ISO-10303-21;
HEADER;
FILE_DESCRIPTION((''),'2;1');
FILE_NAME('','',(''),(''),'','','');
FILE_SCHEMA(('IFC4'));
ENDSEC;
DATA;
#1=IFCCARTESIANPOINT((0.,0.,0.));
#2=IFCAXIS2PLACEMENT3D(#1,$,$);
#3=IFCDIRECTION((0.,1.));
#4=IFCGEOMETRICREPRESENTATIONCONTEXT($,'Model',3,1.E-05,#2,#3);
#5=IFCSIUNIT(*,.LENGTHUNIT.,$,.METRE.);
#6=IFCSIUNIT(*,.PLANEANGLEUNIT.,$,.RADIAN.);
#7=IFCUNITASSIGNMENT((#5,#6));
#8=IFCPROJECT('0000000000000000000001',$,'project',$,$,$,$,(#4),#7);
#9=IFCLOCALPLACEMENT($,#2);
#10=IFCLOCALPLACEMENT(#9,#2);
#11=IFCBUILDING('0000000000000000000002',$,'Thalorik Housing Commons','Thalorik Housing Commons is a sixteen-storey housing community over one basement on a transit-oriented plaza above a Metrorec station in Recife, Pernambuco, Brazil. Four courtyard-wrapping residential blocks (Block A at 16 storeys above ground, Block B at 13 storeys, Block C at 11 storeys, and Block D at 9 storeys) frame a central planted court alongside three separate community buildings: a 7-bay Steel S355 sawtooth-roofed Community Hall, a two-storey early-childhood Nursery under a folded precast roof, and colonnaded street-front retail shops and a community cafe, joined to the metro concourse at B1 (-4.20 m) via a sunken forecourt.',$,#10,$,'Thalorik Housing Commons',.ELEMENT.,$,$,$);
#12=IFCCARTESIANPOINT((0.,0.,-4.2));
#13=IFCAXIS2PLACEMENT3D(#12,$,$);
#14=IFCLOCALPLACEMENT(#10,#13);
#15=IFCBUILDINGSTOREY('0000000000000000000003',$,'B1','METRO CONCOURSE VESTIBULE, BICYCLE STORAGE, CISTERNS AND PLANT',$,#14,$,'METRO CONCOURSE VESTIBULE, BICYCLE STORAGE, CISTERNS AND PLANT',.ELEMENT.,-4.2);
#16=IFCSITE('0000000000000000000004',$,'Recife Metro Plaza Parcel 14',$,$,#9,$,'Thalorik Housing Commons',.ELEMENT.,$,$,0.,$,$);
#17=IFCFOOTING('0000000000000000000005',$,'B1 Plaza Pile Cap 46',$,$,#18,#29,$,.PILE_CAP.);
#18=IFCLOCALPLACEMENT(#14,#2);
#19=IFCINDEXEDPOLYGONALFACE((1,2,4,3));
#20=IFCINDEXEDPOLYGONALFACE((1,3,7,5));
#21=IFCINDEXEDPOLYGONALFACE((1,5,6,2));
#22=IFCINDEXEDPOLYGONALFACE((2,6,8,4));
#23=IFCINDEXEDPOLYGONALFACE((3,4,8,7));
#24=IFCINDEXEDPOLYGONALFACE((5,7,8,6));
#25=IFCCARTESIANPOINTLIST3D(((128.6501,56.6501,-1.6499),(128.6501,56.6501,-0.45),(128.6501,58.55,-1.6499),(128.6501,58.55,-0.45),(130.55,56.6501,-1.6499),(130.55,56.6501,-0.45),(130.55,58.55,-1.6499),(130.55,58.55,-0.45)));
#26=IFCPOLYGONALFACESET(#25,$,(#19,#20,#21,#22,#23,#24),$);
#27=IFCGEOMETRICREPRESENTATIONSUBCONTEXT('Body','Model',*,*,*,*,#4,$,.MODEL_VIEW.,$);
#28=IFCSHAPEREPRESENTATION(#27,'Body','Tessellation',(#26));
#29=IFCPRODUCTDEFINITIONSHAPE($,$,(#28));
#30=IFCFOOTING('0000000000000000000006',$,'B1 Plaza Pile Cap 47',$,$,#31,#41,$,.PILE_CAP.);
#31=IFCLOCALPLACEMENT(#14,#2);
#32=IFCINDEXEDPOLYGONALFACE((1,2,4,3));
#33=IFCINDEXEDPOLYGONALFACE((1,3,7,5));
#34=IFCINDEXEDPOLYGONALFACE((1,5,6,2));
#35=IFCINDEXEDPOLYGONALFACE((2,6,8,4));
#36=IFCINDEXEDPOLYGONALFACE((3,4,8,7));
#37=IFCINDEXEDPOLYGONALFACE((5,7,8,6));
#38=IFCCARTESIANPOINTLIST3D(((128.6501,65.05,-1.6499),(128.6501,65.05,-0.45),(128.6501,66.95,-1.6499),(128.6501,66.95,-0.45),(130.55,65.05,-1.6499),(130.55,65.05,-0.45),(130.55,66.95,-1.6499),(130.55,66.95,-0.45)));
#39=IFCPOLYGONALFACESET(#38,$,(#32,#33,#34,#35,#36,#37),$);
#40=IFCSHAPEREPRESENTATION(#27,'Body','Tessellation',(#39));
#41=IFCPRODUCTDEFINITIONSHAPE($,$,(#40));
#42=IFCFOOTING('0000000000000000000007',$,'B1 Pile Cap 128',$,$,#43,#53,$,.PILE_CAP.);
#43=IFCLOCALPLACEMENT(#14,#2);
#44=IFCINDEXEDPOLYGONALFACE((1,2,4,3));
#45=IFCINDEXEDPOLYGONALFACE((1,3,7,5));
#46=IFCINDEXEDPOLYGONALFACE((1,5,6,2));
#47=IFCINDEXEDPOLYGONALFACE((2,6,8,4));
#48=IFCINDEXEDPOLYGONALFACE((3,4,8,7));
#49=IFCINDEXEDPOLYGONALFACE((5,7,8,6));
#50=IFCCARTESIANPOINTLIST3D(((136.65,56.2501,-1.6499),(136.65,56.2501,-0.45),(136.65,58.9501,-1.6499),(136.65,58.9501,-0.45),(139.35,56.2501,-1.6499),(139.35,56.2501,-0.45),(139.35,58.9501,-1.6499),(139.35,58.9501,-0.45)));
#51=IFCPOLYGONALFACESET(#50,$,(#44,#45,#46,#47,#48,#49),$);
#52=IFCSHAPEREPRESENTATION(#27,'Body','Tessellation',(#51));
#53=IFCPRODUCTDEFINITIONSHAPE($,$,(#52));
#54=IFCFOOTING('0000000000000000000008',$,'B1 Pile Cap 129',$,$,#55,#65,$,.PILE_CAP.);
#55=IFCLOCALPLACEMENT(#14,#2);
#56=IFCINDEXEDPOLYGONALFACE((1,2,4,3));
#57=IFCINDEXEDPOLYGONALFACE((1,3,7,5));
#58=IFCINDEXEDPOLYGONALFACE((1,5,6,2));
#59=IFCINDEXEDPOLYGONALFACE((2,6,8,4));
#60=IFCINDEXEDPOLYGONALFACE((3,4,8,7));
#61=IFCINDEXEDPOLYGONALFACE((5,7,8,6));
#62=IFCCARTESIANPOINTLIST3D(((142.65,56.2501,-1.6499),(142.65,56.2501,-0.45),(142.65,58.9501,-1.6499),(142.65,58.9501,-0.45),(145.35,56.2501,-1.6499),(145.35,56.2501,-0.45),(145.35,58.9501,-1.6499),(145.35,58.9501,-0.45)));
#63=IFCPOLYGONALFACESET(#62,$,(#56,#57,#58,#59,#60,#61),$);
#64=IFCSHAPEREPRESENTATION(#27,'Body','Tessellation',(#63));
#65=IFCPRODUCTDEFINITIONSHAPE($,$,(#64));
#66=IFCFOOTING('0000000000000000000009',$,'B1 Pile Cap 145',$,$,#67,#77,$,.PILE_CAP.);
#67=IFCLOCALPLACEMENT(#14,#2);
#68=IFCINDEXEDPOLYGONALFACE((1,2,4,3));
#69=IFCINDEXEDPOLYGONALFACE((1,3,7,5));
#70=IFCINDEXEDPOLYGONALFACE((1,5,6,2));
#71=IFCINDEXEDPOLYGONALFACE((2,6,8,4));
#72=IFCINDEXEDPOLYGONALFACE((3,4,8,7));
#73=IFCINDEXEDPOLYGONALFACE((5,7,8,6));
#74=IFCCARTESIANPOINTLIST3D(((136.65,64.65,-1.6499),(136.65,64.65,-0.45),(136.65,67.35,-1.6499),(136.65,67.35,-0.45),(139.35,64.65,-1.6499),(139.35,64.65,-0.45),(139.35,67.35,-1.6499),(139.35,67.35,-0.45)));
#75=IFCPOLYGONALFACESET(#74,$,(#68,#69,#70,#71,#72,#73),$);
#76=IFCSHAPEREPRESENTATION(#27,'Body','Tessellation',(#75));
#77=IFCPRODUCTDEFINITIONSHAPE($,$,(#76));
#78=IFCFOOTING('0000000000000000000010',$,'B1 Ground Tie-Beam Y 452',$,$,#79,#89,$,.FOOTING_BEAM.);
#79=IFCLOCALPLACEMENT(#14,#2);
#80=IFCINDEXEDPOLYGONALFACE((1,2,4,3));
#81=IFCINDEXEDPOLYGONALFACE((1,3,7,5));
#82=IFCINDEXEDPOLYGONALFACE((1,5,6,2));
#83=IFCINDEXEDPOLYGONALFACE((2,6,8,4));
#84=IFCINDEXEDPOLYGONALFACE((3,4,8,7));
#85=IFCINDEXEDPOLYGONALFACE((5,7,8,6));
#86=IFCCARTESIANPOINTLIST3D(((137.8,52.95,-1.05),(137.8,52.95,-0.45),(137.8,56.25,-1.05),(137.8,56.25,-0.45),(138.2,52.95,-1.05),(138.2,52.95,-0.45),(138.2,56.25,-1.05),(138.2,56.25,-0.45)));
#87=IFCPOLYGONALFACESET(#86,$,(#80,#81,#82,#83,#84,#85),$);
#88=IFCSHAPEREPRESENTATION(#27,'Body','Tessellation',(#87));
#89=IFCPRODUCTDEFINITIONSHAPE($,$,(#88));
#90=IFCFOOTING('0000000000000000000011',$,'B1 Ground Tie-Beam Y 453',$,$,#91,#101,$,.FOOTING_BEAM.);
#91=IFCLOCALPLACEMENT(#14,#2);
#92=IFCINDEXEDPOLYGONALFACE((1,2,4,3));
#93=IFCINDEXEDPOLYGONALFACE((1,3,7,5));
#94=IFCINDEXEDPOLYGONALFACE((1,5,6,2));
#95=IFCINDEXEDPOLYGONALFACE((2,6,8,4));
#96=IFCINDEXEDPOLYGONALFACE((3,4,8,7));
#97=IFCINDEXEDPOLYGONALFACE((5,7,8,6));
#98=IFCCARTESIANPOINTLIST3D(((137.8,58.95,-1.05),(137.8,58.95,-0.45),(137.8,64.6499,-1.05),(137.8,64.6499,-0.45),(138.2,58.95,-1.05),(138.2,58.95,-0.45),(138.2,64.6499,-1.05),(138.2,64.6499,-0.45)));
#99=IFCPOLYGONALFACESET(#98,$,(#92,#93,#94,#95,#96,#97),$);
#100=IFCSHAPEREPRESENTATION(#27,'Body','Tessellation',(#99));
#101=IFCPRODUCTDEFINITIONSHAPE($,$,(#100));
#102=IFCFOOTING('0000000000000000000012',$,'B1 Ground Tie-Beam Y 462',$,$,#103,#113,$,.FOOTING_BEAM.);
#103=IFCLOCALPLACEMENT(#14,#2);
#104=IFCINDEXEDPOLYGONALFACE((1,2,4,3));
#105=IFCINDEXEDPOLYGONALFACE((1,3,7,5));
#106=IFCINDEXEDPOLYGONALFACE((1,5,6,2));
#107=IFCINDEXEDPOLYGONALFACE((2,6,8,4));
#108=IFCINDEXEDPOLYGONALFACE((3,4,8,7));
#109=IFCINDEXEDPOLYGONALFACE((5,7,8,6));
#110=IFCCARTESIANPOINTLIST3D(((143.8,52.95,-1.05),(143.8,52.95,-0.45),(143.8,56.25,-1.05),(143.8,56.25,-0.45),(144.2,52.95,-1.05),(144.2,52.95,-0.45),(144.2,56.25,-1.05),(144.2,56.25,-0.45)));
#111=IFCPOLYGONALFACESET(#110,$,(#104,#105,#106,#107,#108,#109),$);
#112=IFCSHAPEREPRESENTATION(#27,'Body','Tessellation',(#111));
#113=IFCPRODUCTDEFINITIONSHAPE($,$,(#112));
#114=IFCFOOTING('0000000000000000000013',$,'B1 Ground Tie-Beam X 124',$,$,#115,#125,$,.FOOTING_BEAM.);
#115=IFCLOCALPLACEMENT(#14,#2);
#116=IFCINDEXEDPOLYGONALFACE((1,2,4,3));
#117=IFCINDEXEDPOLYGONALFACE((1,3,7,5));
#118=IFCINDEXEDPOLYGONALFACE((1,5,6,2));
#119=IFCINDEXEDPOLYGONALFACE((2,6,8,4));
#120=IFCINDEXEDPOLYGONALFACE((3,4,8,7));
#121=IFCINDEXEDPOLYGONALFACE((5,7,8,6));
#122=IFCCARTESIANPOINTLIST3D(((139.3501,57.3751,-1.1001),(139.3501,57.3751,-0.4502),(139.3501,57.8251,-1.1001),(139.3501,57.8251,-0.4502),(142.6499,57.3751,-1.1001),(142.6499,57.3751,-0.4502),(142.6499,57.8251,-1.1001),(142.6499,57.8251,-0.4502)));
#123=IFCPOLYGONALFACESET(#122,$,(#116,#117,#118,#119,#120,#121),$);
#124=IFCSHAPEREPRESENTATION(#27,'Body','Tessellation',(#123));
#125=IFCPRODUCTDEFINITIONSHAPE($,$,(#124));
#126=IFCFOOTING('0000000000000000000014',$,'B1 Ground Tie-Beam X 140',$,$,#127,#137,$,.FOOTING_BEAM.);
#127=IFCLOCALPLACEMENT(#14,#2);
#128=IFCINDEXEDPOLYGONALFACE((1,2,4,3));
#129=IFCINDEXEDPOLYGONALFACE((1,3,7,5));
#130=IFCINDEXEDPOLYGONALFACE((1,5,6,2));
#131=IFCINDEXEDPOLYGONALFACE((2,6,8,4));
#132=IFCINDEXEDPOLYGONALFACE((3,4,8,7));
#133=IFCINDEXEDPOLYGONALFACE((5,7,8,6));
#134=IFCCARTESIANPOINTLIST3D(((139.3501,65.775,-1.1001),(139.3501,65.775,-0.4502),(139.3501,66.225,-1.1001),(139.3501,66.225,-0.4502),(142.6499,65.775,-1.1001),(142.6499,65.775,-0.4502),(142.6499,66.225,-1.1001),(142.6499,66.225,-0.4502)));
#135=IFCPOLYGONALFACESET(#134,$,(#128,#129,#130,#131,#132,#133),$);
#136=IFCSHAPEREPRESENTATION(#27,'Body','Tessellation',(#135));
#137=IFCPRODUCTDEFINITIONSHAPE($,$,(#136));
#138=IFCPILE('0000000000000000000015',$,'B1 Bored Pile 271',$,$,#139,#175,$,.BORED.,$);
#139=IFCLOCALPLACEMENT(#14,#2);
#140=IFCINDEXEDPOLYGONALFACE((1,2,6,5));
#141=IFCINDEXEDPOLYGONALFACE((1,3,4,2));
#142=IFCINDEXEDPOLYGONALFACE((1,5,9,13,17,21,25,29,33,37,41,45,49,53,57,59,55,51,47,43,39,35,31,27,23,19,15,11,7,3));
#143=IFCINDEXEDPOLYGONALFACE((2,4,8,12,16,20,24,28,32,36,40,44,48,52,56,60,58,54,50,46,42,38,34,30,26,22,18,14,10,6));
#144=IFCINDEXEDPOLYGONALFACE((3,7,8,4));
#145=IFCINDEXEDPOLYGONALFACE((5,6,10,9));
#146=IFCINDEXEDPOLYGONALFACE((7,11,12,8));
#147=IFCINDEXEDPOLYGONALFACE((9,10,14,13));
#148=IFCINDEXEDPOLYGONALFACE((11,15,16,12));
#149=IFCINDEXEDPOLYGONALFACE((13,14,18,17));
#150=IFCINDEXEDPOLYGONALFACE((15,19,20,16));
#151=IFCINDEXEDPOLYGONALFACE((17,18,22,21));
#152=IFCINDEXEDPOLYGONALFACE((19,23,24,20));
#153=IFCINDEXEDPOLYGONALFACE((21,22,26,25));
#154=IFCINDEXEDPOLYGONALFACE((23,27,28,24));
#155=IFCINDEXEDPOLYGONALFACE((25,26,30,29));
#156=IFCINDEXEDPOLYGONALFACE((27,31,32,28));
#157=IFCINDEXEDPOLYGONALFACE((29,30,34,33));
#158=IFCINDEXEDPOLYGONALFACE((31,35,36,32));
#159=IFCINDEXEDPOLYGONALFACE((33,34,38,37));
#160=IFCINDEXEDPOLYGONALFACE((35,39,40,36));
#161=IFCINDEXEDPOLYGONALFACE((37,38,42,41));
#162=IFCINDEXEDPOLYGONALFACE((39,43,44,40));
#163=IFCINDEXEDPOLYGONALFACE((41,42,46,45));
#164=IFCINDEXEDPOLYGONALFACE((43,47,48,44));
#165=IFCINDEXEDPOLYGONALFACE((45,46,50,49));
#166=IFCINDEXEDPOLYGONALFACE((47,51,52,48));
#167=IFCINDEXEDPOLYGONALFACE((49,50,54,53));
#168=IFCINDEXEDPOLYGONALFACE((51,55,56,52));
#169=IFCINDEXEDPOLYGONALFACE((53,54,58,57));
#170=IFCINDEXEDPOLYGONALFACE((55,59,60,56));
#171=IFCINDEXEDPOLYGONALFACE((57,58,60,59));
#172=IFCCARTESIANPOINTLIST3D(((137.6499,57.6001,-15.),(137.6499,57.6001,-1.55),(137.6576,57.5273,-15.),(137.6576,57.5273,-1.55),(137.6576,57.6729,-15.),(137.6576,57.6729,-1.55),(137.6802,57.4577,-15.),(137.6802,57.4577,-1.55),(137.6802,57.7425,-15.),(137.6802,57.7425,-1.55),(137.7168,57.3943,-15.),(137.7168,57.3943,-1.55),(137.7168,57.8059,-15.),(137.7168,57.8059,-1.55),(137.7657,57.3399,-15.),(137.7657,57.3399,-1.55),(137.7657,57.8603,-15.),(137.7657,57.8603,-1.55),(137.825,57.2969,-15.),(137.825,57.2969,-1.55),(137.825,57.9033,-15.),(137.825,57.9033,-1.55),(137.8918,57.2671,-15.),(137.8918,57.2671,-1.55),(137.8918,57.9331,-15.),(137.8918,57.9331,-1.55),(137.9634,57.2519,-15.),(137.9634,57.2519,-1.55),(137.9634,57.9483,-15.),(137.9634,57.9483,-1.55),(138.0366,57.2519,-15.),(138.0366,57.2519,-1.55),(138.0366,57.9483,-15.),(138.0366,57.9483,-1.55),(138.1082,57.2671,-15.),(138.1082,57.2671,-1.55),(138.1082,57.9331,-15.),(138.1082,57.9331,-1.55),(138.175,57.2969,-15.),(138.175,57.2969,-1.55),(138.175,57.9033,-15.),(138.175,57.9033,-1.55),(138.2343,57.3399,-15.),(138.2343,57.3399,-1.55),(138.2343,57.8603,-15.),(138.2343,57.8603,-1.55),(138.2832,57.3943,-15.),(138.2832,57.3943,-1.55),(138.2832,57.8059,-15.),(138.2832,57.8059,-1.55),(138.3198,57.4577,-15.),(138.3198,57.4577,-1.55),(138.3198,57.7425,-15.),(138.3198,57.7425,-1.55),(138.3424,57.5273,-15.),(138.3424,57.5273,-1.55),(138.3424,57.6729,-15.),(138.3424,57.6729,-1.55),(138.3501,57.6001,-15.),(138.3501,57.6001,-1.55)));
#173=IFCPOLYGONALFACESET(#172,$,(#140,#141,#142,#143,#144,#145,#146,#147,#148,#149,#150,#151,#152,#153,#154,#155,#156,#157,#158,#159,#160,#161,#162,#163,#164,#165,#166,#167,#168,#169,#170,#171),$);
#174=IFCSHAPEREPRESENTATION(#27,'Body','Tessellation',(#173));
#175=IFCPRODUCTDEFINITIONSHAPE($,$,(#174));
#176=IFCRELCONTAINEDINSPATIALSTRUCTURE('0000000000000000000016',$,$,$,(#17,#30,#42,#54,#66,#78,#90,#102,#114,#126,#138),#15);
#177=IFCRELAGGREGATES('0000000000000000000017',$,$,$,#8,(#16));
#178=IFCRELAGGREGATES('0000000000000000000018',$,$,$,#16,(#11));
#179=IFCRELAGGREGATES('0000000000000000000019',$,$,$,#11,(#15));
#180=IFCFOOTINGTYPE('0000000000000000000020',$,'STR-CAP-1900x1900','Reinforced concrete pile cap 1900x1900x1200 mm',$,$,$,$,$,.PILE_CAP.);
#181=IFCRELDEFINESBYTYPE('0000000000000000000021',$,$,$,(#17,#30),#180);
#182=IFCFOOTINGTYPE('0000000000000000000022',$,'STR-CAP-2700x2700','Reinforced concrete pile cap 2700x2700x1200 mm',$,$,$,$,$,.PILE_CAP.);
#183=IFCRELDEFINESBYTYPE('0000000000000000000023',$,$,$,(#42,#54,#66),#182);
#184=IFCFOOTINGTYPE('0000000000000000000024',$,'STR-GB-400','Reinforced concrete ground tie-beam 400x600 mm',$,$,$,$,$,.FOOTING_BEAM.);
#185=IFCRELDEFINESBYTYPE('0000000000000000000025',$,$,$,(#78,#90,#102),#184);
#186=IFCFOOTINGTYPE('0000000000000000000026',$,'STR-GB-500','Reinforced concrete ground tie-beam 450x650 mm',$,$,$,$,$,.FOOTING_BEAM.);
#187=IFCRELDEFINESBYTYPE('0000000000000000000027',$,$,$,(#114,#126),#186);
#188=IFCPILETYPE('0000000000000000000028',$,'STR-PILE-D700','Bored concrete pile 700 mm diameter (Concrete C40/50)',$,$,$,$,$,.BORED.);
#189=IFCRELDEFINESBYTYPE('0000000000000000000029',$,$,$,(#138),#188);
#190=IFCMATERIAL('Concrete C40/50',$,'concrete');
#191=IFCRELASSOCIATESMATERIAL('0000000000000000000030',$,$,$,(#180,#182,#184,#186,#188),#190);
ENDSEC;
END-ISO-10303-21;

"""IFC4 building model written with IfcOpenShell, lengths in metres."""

from ifc_helpers import new_model, si_unit, direction, frame, origin, origin_2d, place, context, subcontext, project, spatial, rectangle, circle, extrude, material, material_profile, profile_set, type_object, element, save


model = new_model("IFC4")

# Units and contexts
model_context = context("Model", 3, precision=1e-05, world=origin(), true_north=direction((0.0, 1.0)))
body_context = subcontext(model_context, "Body", "Model", "MODEL_VIEW")
ifc_project = project(units=[si_unit("LENGTHUNIT", "METRE"), si_unit("PLANEANGLEUNIT", "RADIAN")], contexts=[model_context])

# Site, building, storey
site_placement = place(None, origin())
site = spatial("IfcSite", under=ifc_project, at=site_placement, Name="Recife Metro Plaza Parcel 14", LongName="Thalorik Housing Commons", CompositionType="ELEMENT", RefElevation=0.0)
building_placement = place(site_placement, origin())
building = spatial("IfcBuilding", under=site, at=building_placement, Name="Thalorik Housing Commons", Description="Thalorik Housing Commons is a sixteen-storey housing community over one basement on a transit-oriented plaza above a Metrorec station in Recife, Pernambuco, Brazil. Four courtyard-wrapping residential blocks (Block A at 16 storeys above ground, Block B at 13 storeys, Block C at 11 storeys, and Block D at 9 storeys) frame a central planted court alongside three separate community buildings: a 7-bay Steel S355 sawtooth-roofed Community Hall, a two-storey early-childhood Nursery under a folded precast roof, and colonnaded street-front retail shops and a community cafe, joined to the metro concourse at B1 (-4.20 m) via a sunken forecourt.", LongName="Thalorik Housing Commons", CompositionType="ELEMENT")
storey_placement = place(building_placement, frame((0.0, 0.0, -4.2)))
storey = spatial("IfcBuildingStorey", under=building, at=storey_placement, Name="B1", Description="METRO CONCOURSE VESTIBULE, BICYCLE STORAGE, CISTERNS AND PLANT", LongName="METRO CONCOURSE VESTIBULE, BICYCLE STORAGE, CISTERNS AND PLANT", CompositionType="ELEMENT", Elevation=-4.2)

# Footings
ifc_material_1 = material(Name="Concrete C40/50", Category="concrete")
footing_type_1 = type_object("IfcFootingType", Name="STR-CAP-1900x1900", Description="Reinforced concrete pile cap 1900x1900x1200 mm", PredefinedType="PILE_CAP", material=ifc_material_1)
for number, where, z_axis, x_axis, name in (
    (1, (129.6001, 57.6001, -1.6499), (0.0, 0.0, 1.0), (1.0, 0.0, 0.0), "B1 Plaza Pile Cap 46"),
    (2, (129.6001, 66.0, -1.6499), (0.0, 0.0, 1.0), (1.0, 0.0, 0.0), "B1 Plaza Pile Cap 47"),
):
    element("IfcFooting", number, at=place(storey_placement, frame(where, z_axis=z_axis, x_axis=x_axis)), inside=storey, type_object=footing_type_1, Name=name, PredefinedType="PILE_CAP", context=body_context, shape_type="SweptSolid", body=[
        extrude(rectangle(XDim=1.8999, YDim=1.8999, at=origin_2d()), origin(), (0.0, 0.0, 1.0), 1.2),
    ])
footing_type_2 = type_object("IfcFootingType", Name="STR-CAP-2700x2700", Description="Reinforced concrete pile cap 2700x2700x1200 mm", PredefinedType="PILE_CAP", material=ifc_material_1)
for number, where, z_axis, x_axis, name in (
    (3, (138.0, 57.6001, -1.6499), (0.0, 0.0, 1.0), (1.0, 0.0, 0.0), "B1 Pile Cap 128"),
    (4, (144.0, 57.6001, -1.6499), (0.0, 0.0, 1.0), (1.0, 0.0, 0.0), "B1 Pile Cap 129"),
    (5, (138.0, 66.0, -1.6499), (0.0, 0.0, 1.0), (1.0, 0.0, 0.0), "B1 Pile Cap 145"),
):
    element("IfcFooting", number, at=place(storey_placement, frame(where, z_axis=z_axis, x_axis=x_axis)), inside=storey, type_object=footing_type_2, Name=name, PredefinedType="PILE_CAP", context=body_context, shape_type="SweptSolid", body=[
        extrude(rectangle(XDim=2.7, YDim=2.7, at=origin_2d()), origin(), (0.0, 0.0, 1.0), 1.2),
    ])
ifc_material_profile_1 = material_profile(ifc_material_1, rectangle(XDim=0.3999, YDim=0.6001, at=origin_2d()), Name="RC 400x600", Category="concrete")
ifc_profile_set_1 = profile_set([ifc_material_profile_1], Name="Concrete C40/50")
footing_type_3 = type_object("IfcFootingType", Name="STR-GB-400", Description="Reinforced concrete ground tie-beam 400x600 mm", PredefinedType="FOOTING_BEAM", material=ifc_profile_set_1)
footing_1_placement = place(storey_placement, frame((138.0, 52.95, -0.75), z_axis=(0.0, 1.0, 0.0), x_axis=(-1.0, 0.0, 0.0)))
element("IfcFooting", 6, at=footing_1_placement, inside=storey, type_object=footing_type_3, Name="B1 Ground Tie-Beam Y 452", PredefinedType="FOOTING_BEAM", context=body_context, shape_type="SweptSolid", body=[
    extrude(rectangle(XDim=0.3999, YDim=0.6001, at=origin_2d()), origin(), (0.0, 0.0, 1.0), 3.3),
])
footing_2_placement = place(storey_placement, frame((138.0, 58.95, -0.75), z_axis=(0.0, 1.0, 0.0), x_axis=(-1.0, 0.0, 0.0)))
element("IfcFooting", 7, at=footing_2_placement, inside=storey, type_object=footing_type_3, Name="B1 Ground Tie-Beam Y 453", PredefinedType="FOOTING_BEAM", context=body_context, shape_type="SweptSolid", body=[
    extrude(rectangle(XDim=0.3999, YDim=0.6001, at=origin_2d()), origin(), (0.0, 0.0, 1.0), 5.7),
])
footing_3_placement = place(storey_placement, frame((144.0, 52.95, -0.75), z_axis=(0.0, 1.0, 0.0), x_axis=(-1.0, 0.0, 0.0)))
element("IfcFooting", 8, at=footing_3_placement, inside=storey, type_object=footing_type_3, Name="B1 Ground Tie-Beam Y 462", PredefinedType="FOOTING_BEAM", context=body_context, shape_type="SweptSolid", body=[
    extrude(rectangle(XDim=0.3999, YDim=0.6001, at=origin_2d()), origin(), (0.0, 0.0, 1.0), 3.3),
])
ifc_material_profile_2 = material_profile(ifc_material_1, rectangle(XDim=0.45, YDim=0.6499, at=origin_2d()), Name="RC 450x650", Category="concrete")
ifc_profile_set_2 = profile_set([ifc_material_profile_2], Name="Concrete C40/50")
footing_type_4 = type_object("IfcFootingType", Name="STR-GB-500", Description="Reinforced concrete ground tie-beam 450x650 mm", PredefinedType="FOOTING_BEAM", material=ifc_profile_set_2)
for number, where, z_axis, x_axis, name in (
    (9, (139.3501, 57.6001, -0.7751), (1.0, 0.0, 0.0), (0.0, 1.0, 0.0), "B1 Ground Tie-Beam X 124"),
    (10, (139.3501, 66.0, -0.7751), (1.0, 0.0, 0.0), (0.0, 1.0, 0.0), "B1 Ground Tie-Beam X 140"),
):
    element("IfcFooting", number, at=place(storey_placement, frame(where, z_axis=z_axis, x_axis=x_axis)), inside=storey, type_object=footing_type_4, Name=name, PredefinedType="FOOTING_BEAM", context=body_context, shape_type="SweptSolid", body=[
        extrude(rectangle(XDim=0.45, YDim=0.6499, at=origin_2d()), origin(), (0.0, 0.0, 1.0), 3.2998),
    ])

# Pile
ifc_material_profile_3 = material_profile(ifc_material_1, circle(Radius=0.3501, at=origin_2d()), Name="BORED PILE D700", Category="concrete")
ifc_profile_set_3 = profile_set([ifc_material_profile_3], Name="Concrete C40/50")
pile_type = type_object("IfcPileType", Name="STR-PILE-D700", Description="Bored concrete pile 700 mm diameter (Concrete C40/50)", PredefinedType="BORED", material=ifc_profile_set_3)
for number, where, z_axis, x_axis, name in (
    (11, (138.0, 57.6001, -1.55), (0.0, 0.0, -1.0), (1.0, 0.0, 0.0), "B1 Bored Pile 271"),
):
    element("IfcPile", number, at=place(storey_placement, frame(where, z_axis=z_axis, x_axis=x_axis)), inside=storey, type_object=pile_type, Name=name, PredefinedType="BORED", context=body_context, shape_type="SweptSolid", body=[
        extrude(circle(Radius=0.3501, at=origin_2d()), origin(), (0.0, 0.0, 1.0), 13.45),
    ])

save(model, "model.ifc")
